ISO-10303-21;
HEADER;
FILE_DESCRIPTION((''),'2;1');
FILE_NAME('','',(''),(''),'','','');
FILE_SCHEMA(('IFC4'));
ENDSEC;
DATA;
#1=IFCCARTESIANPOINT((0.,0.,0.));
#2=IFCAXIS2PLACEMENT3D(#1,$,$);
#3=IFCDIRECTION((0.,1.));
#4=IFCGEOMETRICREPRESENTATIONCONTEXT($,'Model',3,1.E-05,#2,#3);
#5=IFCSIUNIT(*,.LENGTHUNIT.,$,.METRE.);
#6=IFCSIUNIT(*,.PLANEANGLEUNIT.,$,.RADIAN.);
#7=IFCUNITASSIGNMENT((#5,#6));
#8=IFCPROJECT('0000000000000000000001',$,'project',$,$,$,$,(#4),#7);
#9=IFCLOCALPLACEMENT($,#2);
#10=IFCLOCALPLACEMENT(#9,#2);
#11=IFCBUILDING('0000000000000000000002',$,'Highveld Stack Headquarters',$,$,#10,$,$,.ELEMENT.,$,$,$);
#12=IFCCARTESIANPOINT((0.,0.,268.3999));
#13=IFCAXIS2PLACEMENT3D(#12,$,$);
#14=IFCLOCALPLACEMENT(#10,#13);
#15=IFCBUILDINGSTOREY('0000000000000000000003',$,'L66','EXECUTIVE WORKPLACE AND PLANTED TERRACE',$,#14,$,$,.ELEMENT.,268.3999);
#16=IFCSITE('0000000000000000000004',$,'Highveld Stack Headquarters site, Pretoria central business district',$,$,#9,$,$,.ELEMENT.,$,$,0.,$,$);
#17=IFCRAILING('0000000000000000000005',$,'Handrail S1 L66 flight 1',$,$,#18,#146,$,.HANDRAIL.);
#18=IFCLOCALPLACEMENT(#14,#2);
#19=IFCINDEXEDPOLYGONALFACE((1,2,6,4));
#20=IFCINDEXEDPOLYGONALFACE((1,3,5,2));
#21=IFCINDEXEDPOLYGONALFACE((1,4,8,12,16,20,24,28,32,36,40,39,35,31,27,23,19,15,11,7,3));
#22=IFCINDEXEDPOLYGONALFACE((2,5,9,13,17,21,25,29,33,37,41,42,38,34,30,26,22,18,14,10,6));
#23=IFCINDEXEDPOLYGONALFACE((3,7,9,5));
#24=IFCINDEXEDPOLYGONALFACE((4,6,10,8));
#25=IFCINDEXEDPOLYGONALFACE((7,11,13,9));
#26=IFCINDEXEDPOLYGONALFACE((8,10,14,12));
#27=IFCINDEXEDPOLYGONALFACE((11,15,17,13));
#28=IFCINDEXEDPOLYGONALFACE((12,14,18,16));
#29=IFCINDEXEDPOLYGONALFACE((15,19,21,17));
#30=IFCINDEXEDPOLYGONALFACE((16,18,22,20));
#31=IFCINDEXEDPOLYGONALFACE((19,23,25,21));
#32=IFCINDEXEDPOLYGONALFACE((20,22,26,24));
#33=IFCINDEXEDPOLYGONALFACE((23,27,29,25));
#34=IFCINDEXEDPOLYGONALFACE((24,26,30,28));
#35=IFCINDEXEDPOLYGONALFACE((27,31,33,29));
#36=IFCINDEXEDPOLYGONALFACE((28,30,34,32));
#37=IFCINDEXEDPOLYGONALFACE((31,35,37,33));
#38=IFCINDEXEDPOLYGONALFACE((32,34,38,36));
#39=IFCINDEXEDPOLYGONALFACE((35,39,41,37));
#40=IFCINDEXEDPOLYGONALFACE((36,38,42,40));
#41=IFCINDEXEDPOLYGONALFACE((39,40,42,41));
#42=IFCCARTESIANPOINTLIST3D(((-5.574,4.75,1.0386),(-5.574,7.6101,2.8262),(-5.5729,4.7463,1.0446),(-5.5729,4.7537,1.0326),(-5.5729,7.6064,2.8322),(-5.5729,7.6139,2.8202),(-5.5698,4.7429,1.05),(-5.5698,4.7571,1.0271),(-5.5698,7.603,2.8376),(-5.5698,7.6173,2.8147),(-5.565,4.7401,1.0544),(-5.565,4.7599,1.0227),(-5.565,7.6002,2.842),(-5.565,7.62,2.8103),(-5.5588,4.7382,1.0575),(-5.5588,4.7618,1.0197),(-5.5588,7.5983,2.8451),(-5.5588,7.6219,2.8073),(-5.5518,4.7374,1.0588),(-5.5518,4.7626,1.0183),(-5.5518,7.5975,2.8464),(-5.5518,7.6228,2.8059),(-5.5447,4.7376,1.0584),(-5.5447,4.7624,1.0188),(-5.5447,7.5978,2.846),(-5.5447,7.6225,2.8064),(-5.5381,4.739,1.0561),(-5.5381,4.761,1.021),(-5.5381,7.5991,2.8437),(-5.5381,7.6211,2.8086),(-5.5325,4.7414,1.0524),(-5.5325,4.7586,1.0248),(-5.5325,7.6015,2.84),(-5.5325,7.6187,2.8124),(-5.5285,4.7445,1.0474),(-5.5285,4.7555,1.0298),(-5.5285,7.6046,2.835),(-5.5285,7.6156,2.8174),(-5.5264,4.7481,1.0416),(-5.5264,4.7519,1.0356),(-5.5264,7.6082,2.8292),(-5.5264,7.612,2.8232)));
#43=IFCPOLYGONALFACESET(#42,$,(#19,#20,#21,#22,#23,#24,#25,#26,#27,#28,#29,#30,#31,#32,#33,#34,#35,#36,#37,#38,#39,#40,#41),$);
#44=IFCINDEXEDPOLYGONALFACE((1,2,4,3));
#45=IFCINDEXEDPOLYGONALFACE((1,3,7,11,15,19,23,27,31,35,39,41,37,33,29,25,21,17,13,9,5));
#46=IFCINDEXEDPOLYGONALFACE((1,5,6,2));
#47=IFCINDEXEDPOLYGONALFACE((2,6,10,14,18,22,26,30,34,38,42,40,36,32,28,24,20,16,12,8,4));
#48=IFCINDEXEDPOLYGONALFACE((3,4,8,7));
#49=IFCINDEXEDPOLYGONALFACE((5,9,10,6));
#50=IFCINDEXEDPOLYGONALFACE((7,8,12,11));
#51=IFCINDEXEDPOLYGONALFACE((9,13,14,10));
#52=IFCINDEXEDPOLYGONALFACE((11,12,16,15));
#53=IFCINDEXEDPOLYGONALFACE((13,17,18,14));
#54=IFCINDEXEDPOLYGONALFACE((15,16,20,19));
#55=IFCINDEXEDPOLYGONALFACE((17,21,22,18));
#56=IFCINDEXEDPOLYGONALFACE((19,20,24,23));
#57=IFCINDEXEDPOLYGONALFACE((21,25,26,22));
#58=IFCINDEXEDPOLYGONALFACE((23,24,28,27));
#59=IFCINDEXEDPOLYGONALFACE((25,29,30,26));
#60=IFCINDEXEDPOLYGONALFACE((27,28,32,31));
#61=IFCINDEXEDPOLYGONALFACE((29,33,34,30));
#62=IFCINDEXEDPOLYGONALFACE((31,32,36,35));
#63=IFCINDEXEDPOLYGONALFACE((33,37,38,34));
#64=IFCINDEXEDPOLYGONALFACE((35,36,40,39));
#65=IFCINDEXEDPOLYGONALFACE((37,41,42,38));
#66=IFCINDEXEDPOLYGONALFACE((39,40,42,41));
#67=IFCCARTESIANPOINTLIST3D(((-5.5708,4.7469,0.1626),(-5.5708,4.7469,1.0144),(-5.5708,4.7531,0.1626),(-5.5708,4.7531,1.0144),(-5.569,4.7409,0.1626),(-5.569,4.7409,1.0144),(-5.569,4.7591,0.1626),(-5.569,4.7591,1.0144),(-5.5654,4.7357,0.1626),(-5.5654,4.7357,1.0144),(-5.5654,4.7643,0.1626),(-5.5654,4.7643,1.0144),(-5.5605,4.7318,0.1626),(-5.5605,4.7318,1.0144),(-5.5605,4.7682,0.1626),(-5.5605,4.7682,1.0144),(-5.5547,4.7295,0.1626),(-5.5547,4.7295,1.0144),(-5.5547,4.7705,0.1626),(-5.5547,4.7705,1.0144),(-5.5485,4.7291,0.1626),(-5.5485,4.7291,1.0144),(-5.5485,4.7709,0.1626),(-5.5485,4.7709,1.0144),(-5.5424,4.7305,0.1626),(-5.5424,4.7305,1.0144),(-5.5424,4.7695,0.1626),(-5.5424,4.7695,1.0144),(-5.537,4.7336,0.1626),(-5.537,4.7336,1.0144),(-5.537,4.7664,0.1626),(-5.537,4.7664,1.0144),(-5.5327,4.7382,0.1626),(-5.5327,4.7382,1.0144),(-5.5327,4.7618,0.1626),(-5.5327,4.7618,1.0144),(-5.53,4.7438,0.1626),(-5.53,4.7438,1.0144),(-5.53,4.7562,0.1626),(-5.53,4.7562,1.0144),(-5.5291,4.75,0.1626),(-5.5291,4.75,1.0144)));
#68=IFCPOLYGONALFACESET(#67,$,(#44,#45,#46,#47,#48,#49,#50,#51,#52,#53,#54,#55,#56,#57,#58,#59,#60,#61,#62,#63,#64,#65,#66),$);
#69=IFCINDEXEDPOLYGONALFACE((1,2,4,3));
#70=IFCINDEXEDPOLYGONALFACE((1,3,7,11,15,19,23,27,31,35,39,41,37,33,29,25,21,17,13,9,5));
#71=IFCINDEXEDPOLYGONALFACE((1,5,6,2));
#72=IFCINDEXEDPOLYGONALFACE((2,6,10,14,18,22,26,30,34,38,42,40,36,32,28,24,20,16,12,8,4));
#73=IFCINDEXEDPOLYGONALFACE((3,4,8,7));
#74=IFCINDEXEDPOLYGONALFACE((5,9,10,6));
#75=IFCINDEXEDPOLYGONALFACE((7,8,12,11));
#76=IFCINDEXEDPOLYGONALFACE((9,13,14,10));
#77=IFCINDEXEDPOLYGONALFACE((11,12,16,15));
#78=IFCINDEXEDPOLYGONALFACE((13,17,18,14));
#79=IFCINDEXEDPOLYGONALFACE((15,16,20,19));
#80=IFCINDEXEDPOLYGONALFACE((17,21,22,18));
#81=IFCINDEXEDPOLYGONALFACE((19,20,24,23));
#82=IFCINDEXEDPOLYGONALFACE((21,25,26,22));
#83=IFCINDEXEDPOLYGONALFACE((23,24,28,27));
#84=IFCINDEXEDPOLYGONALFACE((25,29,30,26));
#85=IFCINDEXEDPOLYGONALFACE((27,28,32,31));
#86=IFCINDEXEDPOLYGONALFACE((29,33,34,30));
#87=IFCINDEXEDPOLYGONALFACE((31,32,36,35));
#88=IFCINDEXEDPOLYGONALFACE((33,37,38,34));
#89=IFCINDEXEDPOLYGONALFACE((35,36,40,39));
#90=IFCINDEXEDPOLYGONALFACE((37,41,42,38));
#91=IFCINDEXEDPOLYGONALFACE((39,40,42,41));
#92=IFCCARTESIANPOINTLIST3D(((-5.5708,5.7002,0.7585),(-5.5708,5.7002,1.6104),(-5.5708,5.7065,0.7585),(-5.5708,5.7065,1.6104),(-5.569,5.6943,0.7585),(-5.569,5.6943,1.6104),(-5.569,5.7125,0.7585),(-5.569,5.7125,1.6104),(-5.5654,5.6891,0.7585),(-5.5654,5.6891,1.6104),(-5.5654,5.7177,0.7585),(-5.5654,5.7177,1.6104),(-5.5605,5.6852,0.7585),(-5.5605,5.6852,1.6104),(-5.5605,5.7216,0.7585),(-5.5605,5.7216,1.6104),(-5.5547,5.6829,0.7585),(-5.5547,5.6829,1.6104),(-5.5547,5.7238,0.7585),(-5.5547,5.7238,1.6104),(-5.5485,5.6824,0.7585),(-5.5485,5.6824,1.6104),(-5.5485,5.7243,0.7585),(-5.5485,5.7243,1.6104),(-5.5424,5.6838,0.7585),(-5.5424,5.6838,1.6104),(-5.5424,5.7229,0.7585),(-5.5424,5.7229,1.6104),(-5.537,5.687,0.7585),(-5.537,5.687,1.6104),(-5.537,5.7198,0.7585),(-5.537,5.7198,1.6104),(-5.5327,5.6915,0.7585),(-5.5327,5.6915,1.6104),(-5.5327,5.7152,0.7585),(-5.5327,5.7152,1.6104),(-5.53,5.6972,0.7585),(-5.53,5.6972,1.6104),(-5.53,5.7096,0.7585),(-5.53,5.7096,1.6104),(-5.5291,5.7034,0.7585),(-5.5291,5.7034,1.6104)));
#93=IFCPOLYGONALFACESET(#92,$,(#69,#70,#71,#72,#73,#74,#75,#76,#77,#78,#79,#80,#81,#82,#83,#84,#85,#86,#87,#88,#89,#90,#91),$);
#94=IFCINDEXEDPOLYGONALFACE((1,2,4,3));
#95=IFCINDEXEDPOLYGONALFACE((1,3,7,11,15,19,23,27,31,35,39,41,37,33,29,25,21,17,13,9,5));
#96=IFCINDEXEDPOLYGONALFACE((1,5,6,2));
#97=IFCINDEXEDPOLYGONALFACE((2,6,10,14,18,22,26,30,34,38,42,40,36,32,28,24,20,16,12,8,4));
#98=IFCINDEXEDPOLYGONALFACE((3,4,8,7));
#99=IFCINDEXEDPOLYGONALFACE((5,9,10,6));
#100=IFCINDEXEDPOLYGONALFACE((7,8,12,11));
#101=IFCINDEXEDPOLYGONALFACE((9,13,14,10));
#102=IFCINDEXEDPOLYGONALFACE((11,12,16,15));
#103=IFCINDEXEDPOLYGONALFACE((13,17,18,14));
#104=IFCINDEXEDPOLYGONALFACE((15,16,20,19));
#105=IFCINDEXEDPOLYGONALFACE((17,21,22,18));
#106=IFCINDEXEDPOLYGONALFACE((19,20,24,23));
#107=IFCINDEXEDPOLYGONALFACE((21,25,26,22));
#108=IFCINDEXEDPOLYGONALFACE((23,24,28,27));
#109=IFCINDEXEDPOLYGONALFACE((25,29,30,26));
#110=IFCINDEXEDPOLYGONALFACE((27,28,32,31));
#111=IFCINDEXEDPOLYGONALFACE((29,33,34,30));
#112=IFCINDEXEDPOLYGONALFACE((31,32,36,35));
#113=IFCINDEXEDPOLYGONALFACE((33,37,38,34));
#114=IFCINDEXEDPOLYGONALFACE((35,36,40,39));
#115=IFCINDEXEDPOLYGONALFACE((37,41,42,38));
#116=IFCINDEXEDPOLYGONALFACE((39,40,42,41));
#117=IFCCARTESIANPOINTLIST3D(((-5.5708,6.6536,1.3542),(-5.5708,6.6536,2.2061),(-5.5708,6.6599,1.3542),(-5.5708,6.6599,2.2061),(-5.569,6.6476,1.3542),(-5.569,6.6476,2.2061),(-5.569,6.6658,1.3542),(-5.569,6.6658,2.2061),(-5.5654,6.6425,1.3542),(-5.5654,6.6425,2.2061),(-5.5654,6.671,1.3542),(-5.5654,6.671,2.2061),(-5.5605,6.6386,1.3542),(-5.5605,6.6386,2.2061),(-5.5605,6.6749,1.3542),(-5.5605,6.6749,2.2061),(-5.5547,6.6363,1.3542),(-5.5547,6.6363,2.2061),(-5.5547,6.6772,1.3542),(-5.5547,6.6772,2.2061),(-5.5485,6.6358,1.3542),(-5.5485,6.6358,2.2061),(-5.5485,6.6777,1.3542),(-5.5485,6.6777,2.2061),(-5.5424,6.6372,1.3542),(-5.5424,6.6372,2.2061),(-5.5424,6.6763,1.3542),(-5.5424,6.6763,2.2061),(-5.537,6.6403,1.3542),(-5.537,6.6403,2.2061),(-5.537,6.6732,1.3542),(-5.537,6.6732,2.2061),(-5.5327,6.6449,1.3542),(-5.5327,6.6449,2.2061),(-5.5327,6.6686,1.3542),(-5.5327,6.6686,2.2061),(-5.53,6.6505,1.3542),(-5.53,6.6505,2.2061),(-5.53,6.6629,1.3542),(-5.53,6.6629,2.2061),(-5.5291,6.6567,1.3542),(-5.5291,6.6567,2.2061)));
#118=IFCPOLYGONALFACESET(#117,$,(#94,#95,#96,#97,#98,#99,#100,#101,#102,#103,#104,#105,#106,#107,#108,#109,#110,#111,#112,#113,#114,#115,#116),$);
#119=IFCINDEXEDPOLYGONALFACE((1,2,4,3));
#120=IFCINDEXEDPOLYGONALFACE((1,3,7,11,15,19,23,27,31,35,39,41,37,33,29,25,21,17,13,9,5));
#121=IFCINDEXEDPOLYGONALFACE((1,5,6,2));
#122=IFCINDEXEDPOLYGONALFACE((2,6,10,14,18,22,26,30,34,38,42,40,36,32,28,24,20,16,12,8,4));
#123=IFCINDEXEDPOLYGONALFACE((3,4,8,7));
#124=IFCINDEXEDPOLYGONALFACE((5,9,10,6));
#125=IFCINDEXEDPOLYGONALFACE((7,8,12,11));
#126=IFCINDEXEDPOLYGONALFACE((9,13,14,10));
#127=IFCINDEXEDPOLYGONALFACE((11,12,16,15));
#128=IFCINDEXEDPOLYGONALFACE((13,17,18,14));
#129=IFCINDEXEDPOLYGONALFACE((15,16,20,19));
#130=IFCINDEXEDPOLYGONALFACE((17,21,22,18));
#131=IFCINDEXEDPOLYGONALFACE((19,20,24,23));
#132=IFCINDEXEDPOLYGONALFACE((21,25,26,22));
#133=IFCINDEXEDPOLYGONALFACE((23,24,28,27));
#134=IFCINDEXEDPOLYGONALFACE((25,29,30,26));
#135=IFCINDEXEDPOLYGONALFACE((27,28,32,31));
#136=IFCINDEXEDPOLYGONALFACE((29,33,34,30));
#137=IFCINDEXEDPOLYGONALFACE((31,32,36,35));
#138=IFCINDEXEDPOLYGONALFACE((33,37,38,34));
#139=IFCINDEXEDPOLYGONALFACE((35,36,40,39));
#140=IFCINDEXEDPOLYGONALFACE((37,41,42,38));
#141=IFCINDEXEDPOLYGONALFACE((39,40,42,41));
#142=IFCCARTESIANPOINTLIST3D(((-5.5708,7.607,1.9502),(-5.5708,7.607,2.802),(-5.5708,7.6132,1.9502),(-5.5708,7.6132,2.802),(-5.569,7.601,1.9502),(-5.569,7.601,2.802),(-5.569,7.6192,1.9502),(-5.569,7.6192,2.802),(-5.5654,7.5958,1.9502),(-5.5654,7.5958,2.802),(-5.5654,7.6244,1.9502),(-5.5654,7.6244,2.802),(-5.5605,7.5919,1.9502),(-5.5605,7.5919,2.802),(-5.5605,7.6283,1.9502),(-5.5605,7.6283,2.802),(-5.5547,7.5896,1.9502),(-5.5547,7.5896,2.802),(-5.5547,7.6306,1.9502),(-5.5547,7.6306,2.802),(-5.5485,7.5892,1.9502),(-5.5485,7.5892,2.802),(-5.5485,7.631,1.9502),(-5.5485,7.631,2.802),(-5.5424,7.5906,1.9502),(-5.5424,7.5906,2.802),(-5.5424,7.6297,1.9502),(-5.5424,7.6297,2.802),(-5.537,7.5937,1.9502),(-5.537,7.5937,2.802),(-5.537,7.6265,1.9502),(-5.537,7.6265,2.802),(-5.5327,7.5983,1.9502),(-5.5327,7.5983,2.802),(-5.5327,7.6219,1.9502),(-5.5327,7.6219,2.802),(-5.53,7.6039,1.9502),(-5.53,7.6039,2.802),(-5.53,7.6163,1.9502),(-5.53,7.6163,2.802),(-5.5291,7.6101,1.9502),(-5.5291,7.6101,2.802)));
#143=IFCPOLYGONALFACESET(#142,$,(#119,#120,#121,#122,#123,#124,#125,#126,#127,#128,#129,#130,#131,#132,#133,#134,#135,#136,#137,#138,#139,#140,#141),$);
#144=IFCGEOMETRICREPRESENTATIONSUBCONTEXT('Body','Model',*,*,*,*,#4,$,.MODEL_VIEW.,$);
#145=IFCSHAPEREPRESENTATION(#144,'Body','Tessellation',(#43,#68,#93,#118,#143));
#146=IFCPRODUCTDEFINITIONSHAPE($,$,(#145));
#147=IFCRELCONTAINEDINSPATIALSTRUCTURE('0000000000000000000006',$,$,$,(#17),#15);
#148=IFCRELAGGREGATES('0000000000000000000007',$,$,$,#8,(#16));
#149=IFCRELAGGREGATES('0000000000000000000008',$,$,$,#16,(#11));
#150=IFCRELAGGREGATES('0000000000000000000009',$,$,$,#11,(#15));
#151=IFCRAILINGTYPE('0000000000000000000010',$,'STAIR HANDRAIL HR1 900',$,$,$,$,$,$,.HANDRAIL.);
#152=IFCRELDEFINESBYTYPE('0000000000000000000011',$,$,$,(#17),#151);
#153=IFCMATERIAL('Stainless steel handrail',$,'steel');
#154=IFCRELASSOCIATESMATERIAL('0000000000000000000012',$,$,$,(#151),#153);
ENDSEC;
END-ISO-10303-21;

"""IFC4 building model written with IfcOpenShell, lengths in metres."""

from ifc_helpers import new_model, si_unit, direction, frame, origin, origin_2d, place, context, subcontext, project, spatial, circle, extrude, material, type_object, element, save


model = new_model("IFC4")

# Units and contexts
model_context = context("Model", 3, precision=1e-05, world=origin(), true_north=direction((0.0, 1.0)))
body_context = subcontext(model_context, "Body", "Model", "MODEL_VIEW")
ifc_project = project(units=[si_unit("LENGTHUNIT", "METRE"), si_unit("PLANEANGLEUNIT", "RADIAN")], contexts=[model_context])

# Site, building, storey
site_placement = place(None, origin())
site = spatial("IfcSite", under=ifc_project, at=site_placement, Name="Highveld Stack Headquarters site, Pretoria central business district", CompositionType="ELEMENT", RefElevation=0.0)
building_placement = place(site_placement, origin())
building = spatial("IfcBuilding", under=site, at=building_placement, Name="Highveld Stack Headquarters", CompositionType="ELEMENT")
storey_placement = place(building_placement, frame((0.0, 0.0, 268.3999)))
storey = spatial("IfcBuildingStorey", under=building, at=storey_placement, Name="L66", Description="EXECUTIVE WORKPLACE AND PLANTED TERRACE", CompositionType="ELEMENT", Elevation=268.3999)

# Railing
ifc_material_1 = material(Name="Stainless steel handrail", Category="steel")
railing_type = type_object("IfcRailingType", Name="STAIR HANDRAIL HR1 900", PredefinedType="HANDRAIL", material=ifc_material_1)
for number, where, name in (
    (1, (-5.55, 4.75, 0.1626), "Handrail S1 L66 flight 1"),
):
    element("IfcRailing", number, at=place(storey_placement, frame(where)), inside=storey, type_object=railing_type, Name=name, PredefinedType="HANDRAIL", context=body_context, shape_type="SweptSolid", body=[
        extrude(circle(Radius=0.0239, at=origin_2d()), frame((0.0, 0.0, 0.876), z_axis=(0.0, 0.847994, 0.530005), x_axis=(-1.0, 0.0, 0.0)), (0.0, 0.0, 1.0), 3.3728),
        extrude(circle(Radius=0.021, at=origin_2d()), origin(), (0.0, 0.0, 1.0), 0.8518),
        extrude(circle(Radius=0.021, at=origin_2d()), frame((0.0, 0.9534, 0.5959)), (0.0, 0.0, 1.0), 0.8518),
        extrude(circle(Radius=0.021, at=origin_2d()), frame((0.0, 1.9067, 1.1917)), (0.0, 0.0, 1.0), 0.8518),
        extrude(circle(Radius=0.021, at=origin_2d()), frame((0.0, 2.8601, 1.7876)), (0.0, 0.0, 1.0), 0.8518),
    ])

save(model, "model.ifc")
